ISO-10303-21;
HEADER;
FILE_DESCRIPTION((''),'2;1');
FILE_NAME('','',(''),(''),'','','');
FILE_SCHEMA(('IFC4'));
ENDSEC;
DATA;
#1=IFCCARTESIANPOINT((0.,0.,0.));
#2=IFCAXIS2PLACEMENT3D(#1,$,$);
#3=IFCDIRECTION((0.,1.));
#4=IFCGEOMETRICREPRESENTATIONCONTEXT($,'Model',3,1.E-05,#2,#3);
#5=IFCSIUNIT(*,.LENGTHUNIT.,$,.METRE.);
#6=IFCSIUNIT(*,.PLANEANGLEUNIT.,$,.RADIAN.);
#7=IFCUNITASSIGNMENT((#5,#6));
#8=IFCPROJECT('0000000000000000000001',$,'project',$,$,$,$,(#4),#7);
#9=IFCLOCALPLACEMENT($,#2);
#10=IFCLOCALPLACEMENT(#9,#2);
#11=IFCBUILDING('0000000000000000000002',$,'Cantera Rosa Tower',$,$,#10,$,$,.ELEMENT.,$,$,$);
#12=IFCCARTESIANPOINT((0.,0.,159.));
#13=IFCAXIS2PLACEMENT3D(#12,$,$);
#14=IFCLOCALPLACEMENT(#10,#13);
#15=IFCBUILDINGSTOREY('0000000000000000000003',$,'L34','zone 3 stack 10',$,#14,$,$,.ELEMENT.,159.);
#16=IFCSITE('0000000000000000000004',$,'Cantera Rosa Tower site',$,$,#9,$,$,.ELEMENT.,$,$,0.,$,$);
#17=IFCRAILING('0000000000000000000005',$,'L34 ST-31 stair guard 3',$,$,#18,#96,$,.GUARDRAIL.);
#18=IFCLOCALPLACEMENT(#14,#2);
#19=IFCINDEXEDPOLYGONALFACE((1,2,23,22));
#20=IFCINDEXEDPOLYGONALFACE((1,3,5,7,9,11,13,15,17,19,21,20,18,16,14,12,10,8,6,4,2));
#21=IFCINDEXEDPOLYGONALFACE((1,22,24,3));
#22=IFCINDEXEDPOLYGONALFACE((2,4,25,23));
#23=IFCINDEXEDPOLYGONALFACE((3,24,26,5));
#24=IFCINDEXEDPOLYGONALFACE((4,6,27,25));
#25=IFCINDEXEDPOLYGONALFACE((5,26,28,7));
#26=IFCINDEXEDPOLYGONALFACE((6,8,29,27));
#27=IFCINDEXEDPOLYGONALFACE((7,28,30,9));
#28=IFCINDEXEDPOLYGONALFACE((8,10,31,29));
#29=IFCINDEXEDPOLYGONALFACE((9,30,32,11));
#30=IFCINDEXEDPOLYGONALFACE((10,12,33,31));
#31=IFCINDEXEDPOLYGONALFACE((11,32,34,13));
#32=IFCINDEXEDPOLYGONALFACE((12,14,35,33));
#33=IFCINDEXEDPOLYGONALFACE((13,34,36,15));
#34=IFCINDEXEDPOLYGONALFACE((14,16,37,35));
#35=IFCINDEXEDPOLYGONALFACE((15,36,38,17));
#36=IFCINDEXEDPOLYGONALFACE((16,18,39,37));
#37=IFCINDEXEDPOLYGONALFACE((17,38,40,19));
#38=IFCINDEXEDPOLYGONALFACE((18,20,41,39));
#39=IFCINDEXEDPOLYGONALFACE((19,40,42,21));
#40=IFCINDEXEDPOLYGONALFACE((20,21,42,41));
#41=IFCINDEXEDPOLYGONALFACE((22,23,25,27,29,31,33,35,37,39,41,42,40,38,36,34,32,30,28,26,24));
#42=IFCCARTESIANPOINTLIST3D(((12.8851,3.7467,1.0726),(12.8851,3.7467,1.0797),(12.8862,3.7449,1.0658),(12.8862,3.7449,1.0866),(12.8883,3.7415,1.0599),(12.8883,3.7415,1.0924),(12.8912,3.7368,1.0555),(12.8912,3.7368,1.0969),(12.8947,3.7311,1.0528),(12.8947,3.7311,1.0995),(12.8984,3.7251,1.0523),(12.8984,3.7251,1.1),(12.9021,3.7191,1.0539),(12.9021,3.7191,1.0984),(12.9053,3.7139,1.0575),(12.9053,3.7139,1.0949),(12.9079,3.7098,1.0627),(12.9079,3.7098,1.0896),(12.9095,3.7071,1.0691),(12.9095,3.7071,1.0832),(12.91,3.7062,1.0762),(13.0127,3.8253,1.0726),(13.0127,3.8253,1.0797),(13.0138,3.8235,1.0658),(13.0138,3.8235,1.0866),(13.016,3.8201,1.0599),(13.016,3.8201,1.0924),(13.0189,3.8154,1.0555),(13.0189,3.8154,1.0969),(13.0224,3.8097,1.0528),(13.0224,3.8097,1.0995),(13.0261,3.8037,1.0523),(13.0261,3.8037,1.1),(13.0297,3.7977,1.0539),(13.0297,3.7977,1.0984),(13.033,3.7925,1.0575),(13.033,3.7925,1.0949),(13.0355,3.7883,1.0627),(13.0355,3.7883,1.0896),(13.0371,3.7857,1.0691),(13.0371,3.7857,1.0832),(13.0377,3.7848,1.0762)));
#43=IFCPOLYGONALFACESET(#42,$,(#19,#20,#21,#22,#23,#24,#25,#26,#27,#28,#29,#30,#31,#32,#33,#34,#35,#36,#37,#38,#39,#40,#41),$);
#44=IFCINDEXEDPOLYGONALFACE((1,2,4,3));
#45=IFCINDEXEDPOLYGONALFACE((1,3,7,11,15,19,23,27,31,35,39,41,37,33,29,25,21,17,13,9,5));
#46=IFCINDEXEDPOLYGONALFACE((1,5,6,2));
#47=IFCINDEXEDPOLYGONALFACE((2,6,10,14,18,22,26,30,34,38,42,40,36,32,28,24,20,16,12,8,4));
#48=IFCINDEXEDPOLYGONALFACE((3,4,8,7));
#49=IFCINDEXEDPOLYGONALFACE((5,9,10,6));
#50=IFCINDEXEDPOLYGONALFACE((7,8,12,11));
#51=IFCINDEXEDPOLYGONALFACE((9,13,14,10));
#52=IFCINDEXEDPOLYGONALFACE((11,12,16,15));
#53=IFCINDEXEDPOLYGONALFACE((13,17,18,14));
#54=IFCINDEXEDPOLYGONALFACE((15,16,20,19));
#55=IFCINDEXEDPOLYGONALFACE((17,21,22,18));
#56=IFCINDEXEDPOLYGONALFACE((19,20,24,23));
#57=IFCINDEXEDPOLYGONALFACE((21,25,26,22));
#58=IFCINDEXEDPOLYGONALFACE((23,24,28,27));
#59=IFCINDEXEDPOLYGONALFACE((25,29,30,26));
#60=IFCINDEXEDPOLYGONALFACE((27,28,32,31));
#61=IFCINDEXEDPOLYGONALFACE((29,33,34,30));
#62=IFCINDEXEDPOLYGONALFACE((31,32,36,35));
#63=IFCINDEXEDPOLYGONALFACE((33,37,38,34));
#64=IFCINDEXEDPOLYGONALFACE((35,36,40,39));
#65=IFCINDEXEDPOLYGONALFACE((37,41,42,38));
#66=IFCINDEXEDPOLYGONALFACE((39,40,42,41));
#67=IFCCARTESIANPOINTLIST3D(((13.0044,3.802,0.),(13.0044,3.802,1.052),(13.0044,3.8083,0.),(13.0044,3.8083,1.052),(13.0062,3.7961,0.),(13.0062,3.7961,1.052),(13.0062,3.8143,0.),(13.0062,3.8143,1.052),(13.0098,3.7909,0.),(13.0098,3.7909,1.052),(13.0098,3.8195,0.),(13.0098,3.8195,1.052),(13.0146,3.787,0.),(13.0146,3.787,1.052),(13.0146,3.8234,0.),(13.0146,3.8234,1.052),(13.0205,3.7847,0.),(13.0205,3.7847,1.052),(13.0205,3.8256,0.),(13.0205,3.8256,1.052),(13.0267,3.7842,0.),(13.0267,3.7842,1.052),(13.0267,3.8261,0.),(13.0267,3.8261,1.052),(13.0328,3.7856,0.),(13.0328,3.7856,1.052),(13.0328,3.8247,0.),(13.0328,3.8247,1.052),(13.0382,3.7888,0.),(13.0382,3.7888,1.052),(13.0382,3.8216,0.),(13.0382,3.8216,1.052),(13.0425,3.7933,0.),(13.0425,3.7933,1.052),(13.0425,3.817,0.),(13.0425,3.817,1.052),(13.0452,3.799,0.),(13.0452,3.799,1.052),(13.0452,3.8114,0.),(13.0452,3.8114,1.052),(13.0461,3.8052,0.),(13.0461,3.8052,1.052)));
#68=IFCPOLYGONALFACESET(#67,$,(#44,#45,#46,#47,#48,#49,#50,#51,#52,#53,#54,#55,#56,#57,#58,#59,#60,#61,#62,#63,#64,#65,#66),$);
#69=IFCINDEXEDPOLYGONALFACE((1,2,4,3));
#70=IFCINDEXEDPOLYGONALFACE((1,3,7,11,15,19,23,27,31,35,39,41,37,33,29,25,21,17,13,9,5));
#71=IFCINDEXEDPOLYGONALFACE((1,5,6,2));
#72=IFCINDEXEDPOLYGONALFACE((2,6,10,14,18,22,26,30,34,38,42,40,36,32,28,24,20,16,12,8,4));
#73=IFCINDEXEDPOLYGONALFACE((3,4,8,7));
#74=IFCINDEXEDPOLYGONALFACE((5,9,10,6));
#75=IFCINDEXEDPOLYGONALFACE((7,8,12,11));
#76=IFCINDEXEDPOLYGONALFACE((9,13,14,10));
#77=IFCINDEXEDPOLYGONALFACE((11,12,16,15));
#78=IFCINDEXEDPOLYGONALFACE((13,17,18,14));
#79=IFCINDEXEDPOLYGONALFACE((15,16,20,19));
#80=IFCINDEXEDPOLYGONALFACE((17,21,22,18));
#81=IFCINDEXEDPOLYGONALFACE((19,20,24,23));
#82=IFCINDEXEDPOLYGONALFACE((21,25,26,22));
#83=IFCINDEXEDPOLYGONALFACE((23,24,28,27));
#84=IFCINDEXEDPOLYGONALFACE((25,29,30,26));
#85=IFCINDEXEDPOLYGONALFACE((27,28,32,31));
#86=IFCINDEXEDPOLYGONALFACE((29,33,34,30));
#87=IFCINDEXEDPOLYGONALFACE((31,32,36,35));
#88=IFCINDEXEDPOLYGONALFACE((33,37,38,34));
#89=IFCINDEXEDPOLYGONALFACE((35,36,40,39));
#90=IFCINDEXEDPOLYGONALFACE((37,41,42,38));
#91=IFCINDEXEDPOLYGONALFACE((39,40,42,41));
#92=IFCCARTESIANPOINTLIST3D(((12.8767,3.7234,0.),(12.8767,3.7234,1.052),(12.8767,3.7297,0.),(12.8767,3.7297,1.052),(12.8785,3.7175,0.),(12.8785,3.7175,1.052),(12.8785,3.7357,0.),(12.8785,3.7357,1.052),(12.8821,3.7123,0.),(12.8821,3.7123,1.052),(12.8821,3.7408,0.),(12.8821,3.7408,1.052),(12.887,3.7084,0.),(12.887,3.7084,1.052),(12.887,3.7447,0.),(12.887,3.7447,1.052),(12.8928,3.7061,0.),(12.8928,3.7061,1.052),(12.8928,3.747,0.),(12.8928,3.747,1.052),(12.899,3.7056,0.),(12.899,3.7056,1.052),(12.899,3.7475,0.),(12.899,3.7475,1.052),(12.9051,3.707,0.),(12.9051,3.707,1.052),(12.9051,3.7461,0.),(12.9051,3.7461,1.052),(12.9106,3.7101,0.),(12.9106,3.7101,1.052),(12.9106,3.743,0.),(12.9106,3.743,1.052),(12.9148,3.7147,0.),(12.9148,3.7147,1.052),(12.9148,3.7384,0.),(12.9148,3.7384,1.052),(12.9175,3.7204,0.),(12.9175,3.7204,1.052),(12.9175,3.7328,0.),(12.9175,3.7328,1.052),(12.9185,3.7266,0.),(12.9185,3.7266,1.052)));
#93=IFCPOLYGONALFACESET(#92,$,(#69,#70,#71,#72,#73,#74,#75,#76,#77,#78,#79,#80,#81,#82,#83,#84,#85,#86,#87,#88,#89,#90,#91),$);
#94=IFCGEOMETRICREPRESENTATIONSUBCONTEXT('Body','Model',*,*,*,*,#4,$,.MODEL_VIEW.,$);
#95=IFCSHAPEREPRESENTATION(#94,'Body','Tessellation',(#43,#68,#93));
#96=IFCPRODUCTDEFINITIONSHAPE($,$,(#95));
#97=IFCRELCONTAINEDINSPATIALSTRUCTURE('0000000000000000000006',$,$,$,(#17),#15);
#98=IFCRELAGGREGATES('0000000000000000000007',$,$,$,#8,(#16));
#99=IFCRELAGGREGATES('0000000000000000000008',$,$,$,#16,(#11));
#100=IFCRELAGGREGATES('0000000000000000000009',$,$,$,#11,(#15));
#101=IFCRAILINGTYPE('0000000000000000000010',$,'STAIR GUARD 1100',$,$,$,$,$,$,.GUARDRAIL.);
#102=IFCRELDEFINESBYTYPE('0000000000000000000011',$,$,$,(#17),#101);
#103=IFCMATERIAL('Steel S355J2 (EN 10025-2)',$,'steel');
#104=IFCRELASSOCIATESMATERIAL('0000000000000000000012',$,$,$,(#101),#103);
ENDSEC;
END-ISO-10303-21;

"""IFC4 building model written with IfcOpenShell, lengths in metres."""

from ifc_helpers import new_model, si_unit, direction, frame, origin, origin_2d, place, context, subcontext, project, spatial, circle, extrude, material, type_object, element, save


model = new_model("IFC4")

# Units and contexts
model_context = context("Model", 3, precision=1e-05, world=origin(), true_north=direction((0.0, 1.0)))
body_context = subcontext(model_context, "Body", "Model", "MODEL_VIEW")
ifc_project = project(units=[si_unit("LENGTHUNIT", "METRE"), si_unit("PLANEANGLEUNIT", "RADIAN")], contexts=[model_context])

# Site, building, storey
site_placement = place(None, origin())
site = spatial("IfcSite", under=ifc_project, at=site_placement, Name="Cantera Rosa Tower site", CompositionType="ELEMENT", RefElevation=0.0)
building_placement = place(site_placement, origin())
building = spatial("IfcBuilding", under=site, at=building_placement, Name="Cantera Rosa Tower", CompositionType="ELEMENT")
storey_placement = place(building_placement, frame((0.0, 0.0, 159.0)))
storey = spatial("IfcBuildingStorey", under=building, at=storey_placement, Name="L34", Description="zone 3 stack 10", CompositionType="ELEMENT", Elevation=159.0)

# Railing
ifc_material_1 = material(Name="Steel S355J2 (EN 10025-2)", Category="steel")
railing_type_1 = type_object("IfcRailingType", Name="STAIR GUARD 1100", PredefinedType="GUARDRAIL", material=ifc_material_1)
railing_1_placement = place(storey_placement, frame((13.0251, 3.8052, 0.0)))
element("IfcRailing", 1, at=railing_1_placement, inside=storey, type_object=railing_type_1, Name="L34 ST-31 stair guard 3", PredefinedType="GUARDRAIL", context=body_context, shape_type="SweptSolid", body=[
    extrude(circle(Radius=0.0239, at=origin_2d()), frame((0.0, 0.0, 1.0762), z_axis=(-0.851546, -0.524279, 0.0), x_axis=(0.524279, -0.851546, 0.0)), (0.0, 0.0, 1.0), 0.1499),
    extrude(circle(Radius=0.021, at=origin_2d()), origin(), (0.0, 0.0, 1.0), 1.052),
    extrude(circle(Radius=0.021, at=origin_2d()), frame((-0.1277, -0.0786, 0.0)), (0.0, 0.0, 1.0), 1.052),
])

save(model, "model.ifc")
